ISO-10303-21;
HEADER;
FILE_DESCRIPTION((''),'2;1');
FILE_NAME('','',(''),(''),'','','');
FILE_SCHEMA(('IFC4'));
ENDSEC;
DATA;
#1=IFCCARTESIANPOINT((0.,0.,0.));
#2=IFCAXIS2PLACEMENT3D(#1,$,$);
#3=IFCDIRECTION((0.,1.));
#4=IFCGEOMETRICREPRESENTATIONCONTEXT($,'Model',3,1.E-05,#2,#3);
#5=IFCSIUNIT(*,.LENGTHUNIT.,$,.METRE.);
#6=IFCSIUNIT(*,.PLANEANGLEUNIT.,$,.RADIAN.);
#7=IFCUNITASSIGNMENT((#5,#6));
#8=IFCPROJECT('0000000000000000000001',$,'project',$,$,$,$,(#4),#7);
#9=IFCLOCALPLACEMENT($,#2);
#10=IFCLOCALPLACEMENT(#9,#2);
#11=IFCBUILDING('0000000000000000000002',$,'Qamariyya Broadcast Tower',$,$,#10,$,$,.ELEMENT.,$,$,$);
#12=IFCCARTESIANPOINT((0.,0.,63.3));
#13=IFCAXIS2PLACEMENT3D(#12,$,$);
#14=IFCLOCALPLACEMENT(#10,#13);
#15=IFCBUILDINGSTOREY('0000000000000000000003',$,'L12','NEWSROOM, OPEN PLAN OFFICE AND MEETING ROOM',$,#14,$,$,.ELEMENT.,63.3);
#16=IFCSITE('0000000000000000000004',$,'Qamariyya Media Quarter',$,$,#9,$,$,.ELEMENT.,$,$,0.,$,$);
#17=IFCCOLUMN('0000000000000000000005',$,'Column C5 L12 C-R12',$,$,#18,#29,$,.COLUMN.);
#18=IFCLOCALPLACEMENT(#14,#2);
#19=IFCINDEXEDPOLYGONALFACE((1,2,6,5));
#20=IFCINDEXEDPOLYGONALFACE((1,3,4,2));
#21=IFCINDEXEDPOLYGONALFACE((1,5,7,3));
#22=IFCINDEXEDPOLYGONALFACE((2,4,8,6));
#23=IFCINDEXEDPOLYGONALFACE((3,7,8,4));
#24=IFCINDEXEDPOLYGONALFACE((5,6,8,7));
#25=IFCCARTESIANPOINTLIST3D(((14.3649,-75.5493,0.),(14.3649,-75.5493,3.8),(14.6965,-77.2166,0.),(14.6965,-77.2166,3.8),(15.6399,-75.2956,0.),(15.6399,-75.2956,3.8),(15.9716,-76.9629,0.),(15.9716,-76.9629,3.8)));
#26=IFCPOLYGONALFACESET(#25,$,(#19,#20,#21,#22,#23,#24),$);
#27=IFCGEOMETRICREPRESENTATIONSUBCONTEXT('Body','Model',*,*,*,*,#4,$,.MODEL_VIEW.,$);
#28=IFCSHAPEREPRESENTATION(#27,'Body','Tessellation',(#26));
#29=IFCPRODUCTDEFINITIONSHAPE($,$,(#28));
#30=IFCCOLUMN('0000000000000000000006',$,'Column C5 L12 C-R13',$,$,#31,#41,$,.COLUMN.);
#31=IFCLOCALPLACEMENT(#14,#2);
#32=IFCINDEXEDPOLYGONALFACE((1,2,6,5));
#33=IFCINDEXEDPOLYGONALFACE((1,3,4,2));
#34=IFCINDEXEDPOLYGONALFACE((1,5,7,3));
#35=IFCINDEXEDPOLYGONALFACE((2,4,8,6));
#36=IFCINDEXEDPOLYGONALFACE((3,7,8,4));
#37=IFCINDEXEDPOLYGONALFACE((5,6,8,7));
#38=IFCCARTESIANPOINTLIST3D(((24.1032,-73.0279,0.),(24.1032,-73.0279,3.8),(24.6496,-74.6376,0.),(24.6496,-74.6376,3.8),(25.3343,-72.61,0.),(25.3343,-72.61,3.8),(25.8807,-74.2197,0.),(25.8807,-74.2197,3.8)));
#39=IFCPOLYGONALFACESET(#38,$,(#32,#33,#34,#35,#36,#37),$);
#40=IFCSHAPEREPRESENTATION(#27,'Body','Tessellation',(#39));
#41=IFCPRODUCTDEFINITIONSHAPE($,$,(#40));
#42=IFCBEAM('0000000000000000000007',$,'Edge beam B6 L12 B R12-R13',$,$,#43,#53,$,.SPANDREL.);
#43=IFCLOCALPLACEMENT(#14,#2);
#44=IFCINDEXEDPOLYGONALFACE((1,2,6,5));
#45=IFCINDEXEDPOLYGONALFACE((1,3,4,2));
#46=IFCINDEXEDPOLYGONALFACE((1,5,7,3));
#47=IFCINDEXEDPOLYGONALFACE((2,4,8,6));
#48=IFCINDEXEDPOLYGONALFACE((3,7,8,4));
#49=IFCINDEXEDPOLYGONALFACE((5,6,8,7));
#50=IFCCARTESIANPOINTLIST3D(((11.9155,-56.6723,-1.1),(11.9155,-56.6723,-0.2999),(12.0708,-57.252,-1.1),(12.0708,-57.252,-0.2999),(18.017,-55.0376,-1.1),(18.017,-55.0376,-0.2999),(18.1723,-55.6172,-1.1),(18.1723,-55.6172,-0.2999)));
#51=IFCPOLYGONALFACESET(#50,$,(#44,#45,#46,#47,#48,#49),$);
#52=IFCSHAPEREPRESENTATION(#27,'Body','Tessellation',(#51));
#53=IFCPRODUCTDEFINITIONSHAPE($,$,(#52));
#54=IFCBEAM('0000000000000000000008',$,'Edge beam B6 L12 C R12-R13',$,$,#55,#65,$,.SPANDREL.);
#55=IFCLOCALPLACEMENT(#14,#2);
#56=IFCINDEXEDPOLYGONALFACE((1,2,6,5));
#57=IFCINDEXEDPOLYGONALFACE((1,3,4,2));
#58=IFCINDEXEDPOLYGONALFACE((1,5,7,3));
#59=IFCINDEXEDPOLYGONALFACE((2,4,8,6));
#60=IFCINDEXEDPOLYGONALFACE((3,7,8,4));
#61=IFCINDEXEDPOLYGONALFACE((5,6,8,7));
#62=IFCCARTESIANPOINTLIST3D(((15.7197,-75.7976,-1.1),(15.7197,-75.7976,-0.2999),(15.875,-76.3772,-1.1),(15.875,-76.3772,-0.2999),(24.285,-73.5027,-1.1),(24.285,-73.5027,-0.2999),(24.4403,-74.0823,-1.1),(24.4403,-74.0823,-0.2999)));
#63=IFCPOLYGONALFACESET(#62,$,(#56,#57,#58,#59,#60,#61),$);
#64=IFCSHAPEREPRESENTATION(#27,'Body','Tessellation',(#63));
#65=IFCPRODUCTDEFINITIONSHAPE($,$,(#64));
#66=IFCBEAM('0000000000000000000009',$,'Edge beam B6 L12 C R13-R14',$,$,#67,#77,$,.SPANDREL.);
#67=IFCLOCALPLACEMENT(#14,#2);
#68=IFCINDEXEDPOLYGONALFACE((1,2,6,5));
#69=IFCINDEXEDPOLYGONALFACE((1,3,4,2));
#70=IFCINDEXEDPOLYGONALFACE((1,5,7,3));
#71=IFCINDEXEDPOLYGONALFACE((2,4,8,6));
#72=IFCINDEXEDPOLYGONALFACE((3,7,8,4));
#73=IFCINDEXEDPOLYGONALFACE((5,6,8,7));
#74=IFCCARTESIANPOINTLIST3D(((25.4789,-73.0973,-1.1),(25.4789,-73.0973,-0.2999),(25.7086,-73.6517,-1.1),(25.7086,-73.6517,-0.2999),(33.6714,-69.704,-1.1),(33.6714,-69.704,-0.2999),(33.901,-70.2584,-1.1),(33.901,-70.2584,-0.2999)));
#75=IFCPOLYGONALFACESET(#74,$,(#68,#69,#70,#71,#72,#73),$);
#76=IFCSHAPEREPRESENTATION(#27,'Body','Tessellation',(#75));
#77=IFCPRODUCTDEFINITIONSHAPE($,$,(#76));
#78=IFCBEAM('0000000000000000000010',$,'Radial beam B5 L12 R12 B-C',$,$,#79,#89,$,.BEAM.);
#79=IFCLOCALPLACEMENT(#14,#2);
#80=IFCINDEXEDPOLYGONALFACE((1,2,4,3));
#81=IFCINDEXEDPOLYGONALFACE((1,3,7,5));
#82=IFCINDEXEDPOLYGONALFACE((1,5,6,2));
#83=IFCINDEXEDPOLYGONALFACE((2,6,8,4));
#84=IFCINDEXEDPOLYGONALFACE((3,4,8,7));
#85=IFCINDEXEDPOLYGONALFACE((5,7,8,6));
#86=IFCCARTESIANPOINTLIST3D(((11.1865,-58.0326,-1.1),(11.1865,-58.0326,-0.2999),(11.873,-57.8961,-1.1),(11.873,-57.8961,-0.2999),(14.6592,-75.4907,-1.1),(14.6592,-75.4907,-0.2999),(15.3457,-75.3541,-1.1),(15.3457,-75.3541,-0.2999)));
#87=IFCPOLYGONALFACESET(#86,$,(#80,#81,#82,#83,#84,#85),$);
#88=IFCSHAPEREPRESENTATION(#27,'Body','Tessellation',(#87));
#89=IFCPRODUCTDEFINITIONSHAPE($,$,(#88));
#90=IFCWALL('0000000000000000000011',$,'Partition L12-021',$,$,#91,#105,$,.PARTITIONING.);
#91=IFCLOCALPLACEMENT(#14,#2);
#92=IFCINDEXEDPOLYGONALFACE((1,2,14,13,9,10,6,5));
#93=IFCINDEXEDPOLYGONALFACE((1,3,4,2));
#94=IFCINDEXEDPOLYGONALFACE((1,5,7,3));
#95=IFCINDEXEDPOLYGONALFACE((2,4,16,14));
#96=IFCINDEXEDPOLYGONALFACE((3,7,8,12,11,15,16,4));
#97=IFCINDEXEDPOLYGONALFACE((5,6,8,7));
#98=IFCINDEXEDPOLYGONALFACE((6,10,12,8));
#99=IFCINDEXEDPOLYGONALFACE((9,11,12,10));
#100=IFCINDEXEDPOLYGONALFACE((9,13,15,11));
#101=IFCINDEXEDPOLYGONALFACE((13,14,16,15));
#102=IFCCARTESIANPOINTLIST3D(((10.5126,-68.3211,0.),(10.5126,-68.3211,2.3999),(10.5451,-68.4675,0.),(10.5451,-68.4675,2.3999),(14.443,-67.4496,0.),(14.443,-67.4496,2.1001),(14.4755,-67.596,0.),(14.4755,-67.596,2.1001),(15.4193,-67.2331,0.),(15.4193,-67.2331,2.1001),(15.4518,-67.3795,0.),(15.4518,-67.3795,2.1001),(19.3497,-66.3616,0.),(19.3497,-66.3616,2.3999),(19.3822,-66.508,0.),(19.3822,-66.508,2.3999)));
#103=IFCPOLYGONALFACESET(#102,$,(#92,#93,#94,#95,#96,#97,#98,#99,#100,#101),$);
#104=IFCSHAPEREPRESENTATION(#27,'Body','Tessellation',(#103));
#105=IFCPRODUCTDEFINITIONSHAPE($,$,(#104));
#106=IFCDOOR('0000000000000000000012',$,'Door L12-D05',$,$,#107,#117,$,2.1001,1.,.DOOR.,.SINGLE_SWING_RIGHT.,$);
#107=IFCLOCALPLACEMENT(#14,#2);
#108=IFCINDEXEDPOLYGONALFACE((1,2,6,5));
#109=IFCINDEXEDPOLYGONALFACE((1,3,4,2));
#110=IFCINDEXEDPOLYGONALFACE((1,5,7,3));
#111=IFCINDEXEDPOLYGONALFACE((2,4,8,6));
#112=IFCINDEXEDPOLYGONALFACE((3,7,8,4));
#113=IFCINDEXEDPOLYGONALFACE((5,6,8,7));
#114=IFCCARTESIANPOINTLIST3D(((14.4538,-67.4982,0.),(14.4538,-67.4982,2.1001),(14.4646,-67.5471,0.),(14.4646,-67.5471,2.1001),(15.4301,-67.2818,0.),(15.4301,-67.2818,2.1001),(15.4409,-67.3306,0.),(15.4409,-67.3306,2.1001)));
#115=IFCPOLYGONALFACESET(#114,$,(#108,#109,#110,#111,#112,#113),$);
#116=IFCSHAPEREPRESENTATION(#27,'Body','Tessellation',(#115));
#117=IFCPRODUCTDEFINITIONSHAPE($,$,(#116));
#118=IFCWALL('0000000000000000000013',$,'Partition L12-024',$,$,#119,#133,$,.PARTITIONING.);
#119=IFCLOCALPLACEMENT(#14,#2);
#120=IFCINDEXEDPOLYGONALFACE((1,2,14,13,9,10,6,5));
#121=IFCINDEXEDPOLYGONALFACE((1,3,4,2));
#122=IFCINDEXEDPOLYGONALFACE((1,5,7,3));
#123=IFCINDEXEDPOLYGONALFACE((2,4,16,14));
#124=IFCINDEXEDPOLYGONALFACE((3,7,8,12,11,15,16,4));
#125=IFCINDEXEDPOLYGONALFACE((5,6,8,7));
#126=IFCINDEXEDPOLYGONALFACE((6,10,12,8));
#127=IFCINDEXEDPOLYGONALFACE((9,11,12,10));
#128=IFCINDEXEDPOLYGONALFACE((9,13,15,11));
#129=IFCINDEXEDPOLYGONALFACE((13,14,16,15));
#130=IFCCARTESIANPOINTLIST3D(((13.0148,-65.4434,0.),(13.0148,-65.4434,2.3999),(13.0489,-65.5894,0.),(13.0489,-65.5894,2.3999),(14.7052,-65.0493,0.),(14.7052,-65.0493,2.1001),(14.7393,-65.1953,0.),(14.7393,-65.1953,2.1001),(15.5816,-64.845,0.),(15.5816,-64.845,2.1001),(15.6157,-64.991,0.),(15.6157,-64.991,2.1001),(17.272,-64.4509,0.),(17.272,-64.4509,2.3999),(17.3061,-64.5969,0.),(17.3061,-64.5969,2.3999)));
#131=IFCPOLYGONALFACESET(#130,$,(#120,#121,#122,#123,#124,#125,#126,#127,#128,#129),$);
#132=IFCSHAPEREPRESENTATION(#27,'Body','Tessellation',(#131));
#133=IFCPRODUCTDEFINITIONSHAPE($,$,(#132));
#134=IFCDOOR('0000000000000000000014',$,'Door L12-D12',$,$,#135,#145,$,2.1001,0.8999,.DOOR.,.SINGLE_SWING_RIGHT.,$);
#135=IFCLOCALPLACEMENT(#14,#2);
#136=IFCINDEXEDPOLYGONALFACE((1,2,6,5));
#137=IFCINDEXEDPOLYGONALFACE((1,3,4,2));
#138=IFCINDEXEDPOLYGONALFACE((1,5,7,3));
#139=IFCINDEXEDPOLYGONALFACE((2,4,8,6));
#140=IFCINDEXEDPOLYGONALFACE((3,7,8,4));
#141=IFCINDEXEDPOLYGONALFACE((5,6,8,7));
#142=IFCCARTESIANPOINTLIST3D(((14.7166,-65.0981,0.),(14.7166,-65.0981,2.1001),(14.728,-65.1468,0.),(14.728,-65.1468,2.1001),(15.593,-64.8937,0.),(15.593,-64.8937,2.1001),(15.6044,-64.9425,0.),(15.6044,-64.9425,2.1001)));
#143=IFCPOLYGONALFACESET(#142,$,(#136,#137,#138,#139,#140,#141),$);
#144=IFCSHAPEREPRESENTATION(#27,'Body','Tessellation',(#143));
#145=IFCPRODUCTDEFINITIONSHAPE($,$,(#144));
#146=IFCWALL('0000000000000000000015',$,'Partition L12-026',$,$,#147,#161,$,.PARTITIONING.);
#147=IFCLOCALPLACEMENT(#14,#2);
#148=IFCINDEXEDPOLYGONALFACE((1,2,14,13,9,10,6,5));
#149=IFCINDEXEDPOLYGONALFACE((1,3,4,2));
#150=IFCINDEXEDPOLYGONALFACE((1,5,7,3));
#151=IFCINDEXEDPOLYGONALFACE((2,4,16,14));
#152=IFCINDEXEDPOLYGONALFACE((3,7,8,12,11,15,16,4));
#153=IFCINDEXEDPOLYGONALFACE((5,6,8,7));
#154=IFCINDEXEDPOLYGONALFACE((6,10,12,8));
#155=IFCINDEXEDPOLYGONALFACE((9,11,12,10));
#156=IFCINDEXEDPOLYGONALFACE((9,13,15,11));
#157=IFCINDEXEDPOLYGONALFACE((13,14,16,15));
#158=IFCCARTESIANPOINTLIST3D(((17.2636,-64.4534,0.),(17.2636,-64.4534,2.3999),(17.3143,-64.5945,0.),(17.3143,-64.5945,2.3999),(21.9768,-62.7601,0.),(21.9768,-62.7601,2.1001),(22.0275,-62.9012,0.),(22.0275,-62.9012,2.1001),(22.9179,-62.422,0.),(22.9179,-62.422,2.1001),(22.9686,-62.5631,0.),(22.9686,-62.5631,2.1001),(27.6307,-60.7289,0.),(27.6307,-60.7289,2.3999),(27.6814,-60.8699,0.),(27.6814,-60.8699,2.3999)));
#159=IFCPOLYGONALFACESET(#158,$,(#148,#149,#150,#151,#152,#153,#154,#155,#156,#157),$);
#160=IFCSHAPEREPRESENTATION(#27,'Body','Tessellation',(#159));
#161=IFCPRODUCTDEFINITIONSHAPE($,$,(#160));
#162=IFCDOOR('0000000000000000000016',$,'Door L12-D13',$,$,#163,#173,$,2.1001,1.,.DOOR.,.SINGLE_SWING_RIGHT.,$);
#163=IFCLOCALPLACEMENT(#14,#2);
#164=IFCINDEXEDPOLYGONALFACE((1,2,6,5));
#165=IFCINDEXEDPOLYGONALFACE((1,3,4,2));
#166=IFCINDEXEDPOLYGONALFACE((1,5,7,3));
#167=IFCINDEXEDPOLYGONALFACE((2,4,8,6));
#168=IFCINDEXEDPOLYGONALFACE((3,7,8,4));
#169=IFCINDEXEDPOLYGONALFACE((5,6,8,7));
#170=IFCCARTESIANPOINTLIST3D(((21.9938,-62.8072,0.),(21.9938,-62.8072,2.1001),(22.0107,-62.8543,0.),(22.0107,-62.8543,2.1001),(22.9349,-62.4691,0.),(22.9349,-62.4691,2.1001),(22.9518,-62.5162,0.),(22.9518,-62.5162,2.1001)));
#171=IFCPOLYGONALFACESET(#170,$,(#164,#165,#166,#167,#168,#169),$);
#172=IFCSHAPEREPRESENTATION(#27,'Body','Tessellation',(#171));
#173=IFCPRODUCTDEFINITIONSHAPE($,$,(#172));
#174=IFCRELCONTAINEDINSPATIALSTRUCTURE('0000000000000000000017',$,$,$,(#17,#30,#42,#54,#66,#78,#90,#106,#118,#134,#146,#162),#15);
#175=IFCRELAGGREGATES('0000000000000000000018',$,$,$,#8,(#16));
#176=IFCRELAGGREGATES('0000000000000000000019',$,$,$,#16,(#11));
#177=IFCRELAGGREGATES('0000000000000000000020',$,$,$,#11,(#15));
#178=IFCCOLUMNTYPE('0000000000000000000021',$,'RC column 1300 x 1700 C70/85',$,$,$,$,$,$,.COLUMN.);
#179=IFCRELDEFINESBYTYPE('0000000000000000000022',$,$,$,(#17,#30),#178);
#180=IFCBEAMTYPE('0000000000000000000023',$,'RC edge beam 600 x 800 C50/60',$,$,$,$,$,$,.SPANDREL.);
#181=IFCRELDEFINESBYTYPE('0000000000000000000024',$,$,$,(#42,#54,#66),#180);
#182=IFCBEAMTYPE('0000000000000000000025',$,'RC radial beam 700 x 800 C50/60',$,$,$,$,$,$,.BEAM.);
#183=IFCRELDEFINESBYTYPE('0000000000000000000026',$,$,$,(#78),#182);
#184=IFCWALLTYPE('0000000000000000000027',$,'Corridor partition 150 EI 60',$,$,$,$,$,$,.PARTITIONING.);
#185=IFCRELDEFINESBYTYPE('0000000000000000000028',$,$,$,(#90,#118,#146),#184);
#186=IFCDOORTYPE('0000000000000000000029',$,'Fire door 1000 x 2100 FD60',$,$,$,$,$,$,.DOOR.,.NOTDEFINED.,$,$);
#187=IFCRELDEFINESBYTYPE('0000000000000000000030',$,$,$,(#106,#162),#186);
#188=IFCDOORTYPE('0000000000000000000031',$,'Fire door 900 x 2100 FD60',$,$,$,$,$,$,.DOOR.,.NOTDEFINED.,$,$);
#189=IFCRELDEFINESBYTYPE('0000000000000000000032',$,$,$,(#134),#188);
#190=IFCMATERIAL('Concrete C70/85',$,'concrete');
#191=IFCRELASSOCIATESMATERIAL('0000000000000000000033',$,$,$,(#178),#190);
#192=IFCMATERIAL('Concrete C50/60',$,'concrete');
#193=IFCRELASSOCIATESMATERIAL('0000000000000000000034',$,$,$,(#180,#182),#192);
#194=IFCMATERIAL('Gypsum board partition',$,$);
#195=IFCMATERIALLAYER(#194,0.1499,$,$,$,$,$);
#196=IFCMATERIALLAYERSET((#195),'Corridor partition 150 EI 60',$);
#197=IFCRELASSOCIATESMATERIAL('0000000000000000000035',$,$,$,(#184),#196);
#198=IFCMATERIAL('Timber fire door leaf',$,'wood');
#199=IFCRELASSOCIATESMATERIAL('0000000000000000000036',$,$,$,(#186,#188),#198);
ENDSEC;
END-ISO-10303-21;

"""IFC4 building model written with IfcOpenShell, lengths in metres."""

from ifc_helpers import new_model, si_unit, direction, frame, frame_2d, origin, origin_2d, place, context, subcontext, project, spatial, rectangle, extrude, material, layer, layer_set, material_profile, profile_set, type_object, element, fill, save


model = new_model("IFC4")

# Units and contexts
model_context = context("Model", 3, precision=1e-05, world=origin(), true_north=direction((0.0, 1.0)))
body_context = subcontext(model_context, "Body", "Model", "MODEL_VIEW")
ifc_project = project(units=[si_unit("LENGTHUNIT", "METRE"), si_unit("PLANEANGLEUNIT", "RADIAN")], contexts=[model_context])

# Site, building, storey
site_placement = place(None, origin())
site = spatial("IfcSite", under=ifc_project, at=site_placement, Name="Qamariyya Media Quarter", CompositionType="ELEMENT", RefElevation=0.0)
building_placement = place(site_placement, origin())
building = spatial("IfcBuilding", under=site, at=building_placement, Name="Qamariyya Broadcast Tower", CompositionType="ELEMENT")
storey_placement = place(building_placement, frame((0.0, 0.0, 63.3)))
storey = spatial("IfcBuildingStorey", under=building, at=storey_placement, Name="L12", Description="NEWSROOM, OPEN PLAN OFFICE AND MEETING ROOM", CompositionType="ELEMENT", Elevation=63.3)

# Columns
ifc_material_1 = material(Name="Concrete C70/85", Category="concrete")
ifc_material_profile_1 = material_profile(ifc_material_1, rectangle(XDim=1.3, YDim=1.7, at=origin_2d()))
ifc_profile_set_1 = profile_set([ifc_material_profile_1], Name="Concrete C70/85")
column_type = type_object("IfcColumnType", Name="RC column 1300 x 1700 C70/85", PredefinedType="COLUMN", material=ifc_profile_set_1)
for number, where, z_axis, x_axis, name in (
    (1, (15.1682, -76.2561, 0.0), (0.0, 0.0, 1.0), (0.980785, 0.19509, 0.0), "Column C5 L12 C-R12"),
    (2, (24.9919, -73.6238, 0.0), (0.0, 0.0, 1.0), (0.94693, 0.321439, 0.0), "Column C5 L12 C-R13"),
):
    element("IfcColumn", number, at=place(storey_placement, frame(where, z_axis=z_axis, x_axis=x_axis)), inside=storey, type_object=column_type, Name=name, PredefinedType="COLUMN", context=body_context, shape_type="SweptSolid", body=[
        extrude(rectangle(XDim=1.3, YDim=1.7, at=origin_2d()), origin(), (0.0, 0.0, 1.0), 3.8),
    ])

# Beams
ifc_material_2 = material(Name="Concrete C50/60", Category="concrete")
ifc_material_profile_2 = material_profile(ifc_material_2, rectangle(XDim=0.6001, YDim=0.8, at=origin_2d()))
ifc_profile_set_2 = profile_set([ifc_material_profile_2], Name="Concrete C50/60")
beam_type_1 = type_object("IfcBeamType", Name="RC edge beam 600 x 800 C50/60", PredefinedType="SPANDREL", material=ifc_profile_set_2)
beam_1_placement = place(storey_placement, frame((11.9932, -56.9622, -0.7), z_axis=(0.965931, 0.258798, 0.0), x_axis=(-0.258798, 0.965931, 0.0)))
element("IfcBeam", 3, at=beam_1_placement, inside=storey, type_object=beam_type_1, Name="Edge beam B6 L12 B R12-R13", PredefinedType="SPANDREL", context=body_context, shape_type="SweptSolid", body=[
    extrude(rectangle(XDim=0.6001, YDim=0.8, at=origin_2d()), origin(), (0.0, 0.0, 1.0), 6.3167),
])
for number, where, z_axis, x_axis, name in (
    (4, (15.7974, -76.0874, -0.7), (0.965931, 0.2588, 0.0), (-0.2588, 0.965931, 0.0), "Edge beam B6 L12 C R12-R13"),
    (5, (25.5938, -73.3745, -0.7), (0.923883, 0.382675, 0.0), (-0.382675, 0.923883, 0.0), "Edge beam B6 L12 C R13-R14"),
):
    element("IfcBeam", number, at=place(storey_placement, frame(where, z_axis=z_axis, x_axis=x_axis)), inside=storey, type_object=beam_type_1, Name=name, PredefinedType="SPANDREL", context=body_context, shape_type="SweptSolid", body=[
        extrude(rectangle(XDim=0.6001, YDim=0.8, at=origin_2d()), origin(), (0.0, 0.0, 1.0), 8.8674),
    ])
ifc_material_profile_3 = material_profile(ifc_material_2, rectangle(XDim=0.7, YDim=0.8, at=origin_2d()))
ifc_profile_set_3 = profile_set([ifc_material_profile_3], Name="Concrete C50/60")
beam_type_2 = type_object("IfcBeamType", Name="RC radial beam 700 x 800 C50/60", PredefinedType="BEAM", material=ifc_profile_set_3)
beam_2_placement = place(storey_placement, frame((11.5298, -57.9644, -0.7), z_axis=(0.195093, -0.980785, 0.0), x_axis=(0.980785, 0.195093, 0.0)))
element("IfcBeam", 6, at=beam_2_placement, inside=storey, type_object=beam_type_2, Name="Radial beam B5 L12 R12 B-C", PredefinedType="BEAM", context=body_context, shape_type="SweptSolid", body=[
    extrude(rectangle(XDim=0.7, YDim=0.8, at=origin_2d()), origin(), (0.0, 0.0, 1.0), 17.8),
])

# Walls, openings, doors
ifc_material_3 = material(Name="Gypsum board partition")
ifc_layer_1 = layer(ifc_material_3, 0.1499)
ifc_layer_set_1 = layer_set([ifc_layer_1], Name="Corridor partition 150 EI 60")
wall_type_1 = type_object("IfcWallType", Name="Corridor partition 150 EI 60", PredefinedType="PARTITIONING", material=ifc_layer_set_1)
wall_1_placement = place(storey_placement, frame((19.366, -66.4348, 0.0), z_axis=(0.0, 0.0, 1.0), x_axis=(-0.976288, -0.216474, 0.0)))
wall_1 = element("IfcWall", 7, at=wall_1_placement, inside=storey, type_object=wall_type_1, Name="Partition L12-021", PredefinedType="PARTITIONING", context=body_context, shape_type="SweptSolid", body=[
    extrude(rectangle(XDim=9.0518, YDim=0.1499, at=frame_2d((4.5259, 0.0))), origin(), (0.0, 0.0, 1.0), 2.3999),
])
opening_1_placement = place(wall_1_placement, frame((4.0259, 0.0, 0.0)))
opening_1 = element("IfcOpeningElement", 8, at=opening_1_placement, cuts=wall_1, PredefinedType="OPENING", context=body_context, shape_type="SweptSolid", body=[
    extrude(rectangle(XDim=1.0, YDim=2.1001, at=frame_2d((0.5, 1.05))), frame((0.0, 0.085, 0.0), z_axis=(0.0, -1.0, 0.0), x_axis=(1.0, 0.0, 0.0)), (0.0, 0.0, 1.0), 0.1699),
])
ifc_material_4 = material(Name="Timber fire door leaf", Category="wood")
door_type_1 = type_object("IfcDoorType", Name="Fire door 1000 x 2100 FD60", OperationType="NOTDEFINED", PredefinedType="DOOR", material=ifc_material_4)
door_1_placement = place(opening_1_placement, origin())
door_1 = element("IfcDoor", 9, at=door_1_placement, inside=storey, type_object=door_type_1, Name="Door L12-D05", OperationType="SINGLE_SWING_RIGHT", OverallHeight=2.1001, OverallWidth=1.0, PredefinedType="DOOR", context=body_context, shape_type="SweptSolid", body=[
    extrude(rectangle(XDim=1.0, YDim=2.1001, at=frame_2d((0.5, 1.05))), frame((0.0, 0.0249, 0.0), z_axis=(0.0, -1.0, 0.0), x_axis=(1.0, 0.0, 0.0)), (0.0, 0.0, 1.0), 0.05),
])
fill(opening_1, door_1)
wall_2_placement = place(storey_placement, frame((13.032, -65.5164, 0.0), z_axis=(0.0, 0.0, 1.0), x_axis=(0.973886, 0.227037, 0.0)))
wall_2 = element("IfcWall", 10, at=wall_2_placement, inside=storey, type_object=wall_type_1, Name="Partition L12-024", PredefinedType="PARTITIONING", context=body_context, shape_type="SweptSolid", body=[
    extrude(rectangle(XDim=4.3713, YDim=0.1499, at=frame_2d((2.1855, 0.0))), origin(), (0.0, 0.0, 1.0), 2.3999),
])
opening_2_placement = place(wall_2_placement, frame((1.7356, 0.0, 0.0)))
opening_2 = element("IfcOpeningElement", 11, at=opening_2_placement, cuts=wall_2, PredefinedType="OPENING", context=body_context, shape_type="SweptSolid", body=[
    extrude(rectangle(XDim=0.8999, YDim=2.1001, at=frame_2d((0.45, 1.05))), frame((0.0, 0.085, 0.0), z_axis=(0.0, -1.0, 0.0), x_axis=(1.0, 0.0, 0.0)), (0.0, 0.0, 1.0), 0.1699),
])
door_type_2 = type_object("IfcDoorType", Name="Fire door 900 x 2100 FD60", OperationType="NOTDEFINED", PredefinedType="DOOR", material=ifc_material_4)
door_2_placement = place(opening_2_placement, origin())
door_2 = element("IfcDoor", 12, at=door_2_placement, inside=storey, type_object=door_type_2, Name="Door L12-D12", OperationType="SINGLE_SWING_RIGHT", OverallHeight=2.1001, OverallWidth=0.8999, PredefinedType="DOOR", context=body_context, shape_type="SweptSolid", body=[
    extrude(rectangle(XDim=0.8999, YDim=2.1001, at=frame_2d((0.45, 1.05))), frame((0.0, 0.0249, 0.0), z_axis=(0.0, -1.0, 0.0), x_axis=(1.0, 0.0, 0.0)), (0.0, 0.0, 1.0), 0.05),
])
fill(opening_2, door_2)
wall_3_placement = place(storey_placement, frame((17.2891, -64.5239, 0.0), z_axis=(0.0, 0.0, 1.0), x_axis=(0.941106, 0.33811, 0.0)))
wall_3 = element("IfcWall", 13, at=wall_3_placement, inside=storey, type_object=wall_type_1, Name="Partition L12-026", PredefinedType="PARTITIONING", context=body_context, shape_type="SweptSolid", body=[
    extrude(rectangle(XDim=11.0159, YDim=0.1499, at=frame_2d((5.5078, 0.0))), origin(), (0.0, 0.0, 1.0), 2.3999),
])
opening_3_placement = place(wall_3_placement, frame((5.0081, 0.0, 0.0)))
opening_3 = element("IfcOpeningElement", 14, at=opening_3_placement, cuts=wall_3, PredefinedType="OPENING", context=body_context, shape_type="SweptSolid", body=[
    extrude(rectangle(XDim=1.0, YDim=2.1001, at=frame_2d((0.5, 1.05))), frame((0.0, 0.085, 0.0), z_axis=(0.0, -1.0, 0.0), x_axis=(1.0, 0.0, 0.0)), (0.0, 0.0, 1.0), 0.1699),
])
door_3_placement = place(opening_3_placement, origin())
door_3 = element("IfcDoor", 15, at=door_3_placement, inside=storey, type_object=door_type_1, Name="Door L12-D13", OperationType="SINGLE_SWING_RIGHT", OverallHeight=2.1001, OverallWidth=1.0, PredefinedType="DOOR", context=body_context, shape_type="SweptSolid", body=[
    extrude(rectangle(XDim=1.0, YDim=2.1001, at=frame_2d((0.5, 1.05))), frame((0.0, 0.0249, 0.0), z_axis=(0.0, -1.0, 0.0), x_axis=(1.0, 0.0, 0.0)), (0.0, 0.0, 1.0), 0.05),
])
fill(opening_3, door_3)

save(model, "model.ifc")
